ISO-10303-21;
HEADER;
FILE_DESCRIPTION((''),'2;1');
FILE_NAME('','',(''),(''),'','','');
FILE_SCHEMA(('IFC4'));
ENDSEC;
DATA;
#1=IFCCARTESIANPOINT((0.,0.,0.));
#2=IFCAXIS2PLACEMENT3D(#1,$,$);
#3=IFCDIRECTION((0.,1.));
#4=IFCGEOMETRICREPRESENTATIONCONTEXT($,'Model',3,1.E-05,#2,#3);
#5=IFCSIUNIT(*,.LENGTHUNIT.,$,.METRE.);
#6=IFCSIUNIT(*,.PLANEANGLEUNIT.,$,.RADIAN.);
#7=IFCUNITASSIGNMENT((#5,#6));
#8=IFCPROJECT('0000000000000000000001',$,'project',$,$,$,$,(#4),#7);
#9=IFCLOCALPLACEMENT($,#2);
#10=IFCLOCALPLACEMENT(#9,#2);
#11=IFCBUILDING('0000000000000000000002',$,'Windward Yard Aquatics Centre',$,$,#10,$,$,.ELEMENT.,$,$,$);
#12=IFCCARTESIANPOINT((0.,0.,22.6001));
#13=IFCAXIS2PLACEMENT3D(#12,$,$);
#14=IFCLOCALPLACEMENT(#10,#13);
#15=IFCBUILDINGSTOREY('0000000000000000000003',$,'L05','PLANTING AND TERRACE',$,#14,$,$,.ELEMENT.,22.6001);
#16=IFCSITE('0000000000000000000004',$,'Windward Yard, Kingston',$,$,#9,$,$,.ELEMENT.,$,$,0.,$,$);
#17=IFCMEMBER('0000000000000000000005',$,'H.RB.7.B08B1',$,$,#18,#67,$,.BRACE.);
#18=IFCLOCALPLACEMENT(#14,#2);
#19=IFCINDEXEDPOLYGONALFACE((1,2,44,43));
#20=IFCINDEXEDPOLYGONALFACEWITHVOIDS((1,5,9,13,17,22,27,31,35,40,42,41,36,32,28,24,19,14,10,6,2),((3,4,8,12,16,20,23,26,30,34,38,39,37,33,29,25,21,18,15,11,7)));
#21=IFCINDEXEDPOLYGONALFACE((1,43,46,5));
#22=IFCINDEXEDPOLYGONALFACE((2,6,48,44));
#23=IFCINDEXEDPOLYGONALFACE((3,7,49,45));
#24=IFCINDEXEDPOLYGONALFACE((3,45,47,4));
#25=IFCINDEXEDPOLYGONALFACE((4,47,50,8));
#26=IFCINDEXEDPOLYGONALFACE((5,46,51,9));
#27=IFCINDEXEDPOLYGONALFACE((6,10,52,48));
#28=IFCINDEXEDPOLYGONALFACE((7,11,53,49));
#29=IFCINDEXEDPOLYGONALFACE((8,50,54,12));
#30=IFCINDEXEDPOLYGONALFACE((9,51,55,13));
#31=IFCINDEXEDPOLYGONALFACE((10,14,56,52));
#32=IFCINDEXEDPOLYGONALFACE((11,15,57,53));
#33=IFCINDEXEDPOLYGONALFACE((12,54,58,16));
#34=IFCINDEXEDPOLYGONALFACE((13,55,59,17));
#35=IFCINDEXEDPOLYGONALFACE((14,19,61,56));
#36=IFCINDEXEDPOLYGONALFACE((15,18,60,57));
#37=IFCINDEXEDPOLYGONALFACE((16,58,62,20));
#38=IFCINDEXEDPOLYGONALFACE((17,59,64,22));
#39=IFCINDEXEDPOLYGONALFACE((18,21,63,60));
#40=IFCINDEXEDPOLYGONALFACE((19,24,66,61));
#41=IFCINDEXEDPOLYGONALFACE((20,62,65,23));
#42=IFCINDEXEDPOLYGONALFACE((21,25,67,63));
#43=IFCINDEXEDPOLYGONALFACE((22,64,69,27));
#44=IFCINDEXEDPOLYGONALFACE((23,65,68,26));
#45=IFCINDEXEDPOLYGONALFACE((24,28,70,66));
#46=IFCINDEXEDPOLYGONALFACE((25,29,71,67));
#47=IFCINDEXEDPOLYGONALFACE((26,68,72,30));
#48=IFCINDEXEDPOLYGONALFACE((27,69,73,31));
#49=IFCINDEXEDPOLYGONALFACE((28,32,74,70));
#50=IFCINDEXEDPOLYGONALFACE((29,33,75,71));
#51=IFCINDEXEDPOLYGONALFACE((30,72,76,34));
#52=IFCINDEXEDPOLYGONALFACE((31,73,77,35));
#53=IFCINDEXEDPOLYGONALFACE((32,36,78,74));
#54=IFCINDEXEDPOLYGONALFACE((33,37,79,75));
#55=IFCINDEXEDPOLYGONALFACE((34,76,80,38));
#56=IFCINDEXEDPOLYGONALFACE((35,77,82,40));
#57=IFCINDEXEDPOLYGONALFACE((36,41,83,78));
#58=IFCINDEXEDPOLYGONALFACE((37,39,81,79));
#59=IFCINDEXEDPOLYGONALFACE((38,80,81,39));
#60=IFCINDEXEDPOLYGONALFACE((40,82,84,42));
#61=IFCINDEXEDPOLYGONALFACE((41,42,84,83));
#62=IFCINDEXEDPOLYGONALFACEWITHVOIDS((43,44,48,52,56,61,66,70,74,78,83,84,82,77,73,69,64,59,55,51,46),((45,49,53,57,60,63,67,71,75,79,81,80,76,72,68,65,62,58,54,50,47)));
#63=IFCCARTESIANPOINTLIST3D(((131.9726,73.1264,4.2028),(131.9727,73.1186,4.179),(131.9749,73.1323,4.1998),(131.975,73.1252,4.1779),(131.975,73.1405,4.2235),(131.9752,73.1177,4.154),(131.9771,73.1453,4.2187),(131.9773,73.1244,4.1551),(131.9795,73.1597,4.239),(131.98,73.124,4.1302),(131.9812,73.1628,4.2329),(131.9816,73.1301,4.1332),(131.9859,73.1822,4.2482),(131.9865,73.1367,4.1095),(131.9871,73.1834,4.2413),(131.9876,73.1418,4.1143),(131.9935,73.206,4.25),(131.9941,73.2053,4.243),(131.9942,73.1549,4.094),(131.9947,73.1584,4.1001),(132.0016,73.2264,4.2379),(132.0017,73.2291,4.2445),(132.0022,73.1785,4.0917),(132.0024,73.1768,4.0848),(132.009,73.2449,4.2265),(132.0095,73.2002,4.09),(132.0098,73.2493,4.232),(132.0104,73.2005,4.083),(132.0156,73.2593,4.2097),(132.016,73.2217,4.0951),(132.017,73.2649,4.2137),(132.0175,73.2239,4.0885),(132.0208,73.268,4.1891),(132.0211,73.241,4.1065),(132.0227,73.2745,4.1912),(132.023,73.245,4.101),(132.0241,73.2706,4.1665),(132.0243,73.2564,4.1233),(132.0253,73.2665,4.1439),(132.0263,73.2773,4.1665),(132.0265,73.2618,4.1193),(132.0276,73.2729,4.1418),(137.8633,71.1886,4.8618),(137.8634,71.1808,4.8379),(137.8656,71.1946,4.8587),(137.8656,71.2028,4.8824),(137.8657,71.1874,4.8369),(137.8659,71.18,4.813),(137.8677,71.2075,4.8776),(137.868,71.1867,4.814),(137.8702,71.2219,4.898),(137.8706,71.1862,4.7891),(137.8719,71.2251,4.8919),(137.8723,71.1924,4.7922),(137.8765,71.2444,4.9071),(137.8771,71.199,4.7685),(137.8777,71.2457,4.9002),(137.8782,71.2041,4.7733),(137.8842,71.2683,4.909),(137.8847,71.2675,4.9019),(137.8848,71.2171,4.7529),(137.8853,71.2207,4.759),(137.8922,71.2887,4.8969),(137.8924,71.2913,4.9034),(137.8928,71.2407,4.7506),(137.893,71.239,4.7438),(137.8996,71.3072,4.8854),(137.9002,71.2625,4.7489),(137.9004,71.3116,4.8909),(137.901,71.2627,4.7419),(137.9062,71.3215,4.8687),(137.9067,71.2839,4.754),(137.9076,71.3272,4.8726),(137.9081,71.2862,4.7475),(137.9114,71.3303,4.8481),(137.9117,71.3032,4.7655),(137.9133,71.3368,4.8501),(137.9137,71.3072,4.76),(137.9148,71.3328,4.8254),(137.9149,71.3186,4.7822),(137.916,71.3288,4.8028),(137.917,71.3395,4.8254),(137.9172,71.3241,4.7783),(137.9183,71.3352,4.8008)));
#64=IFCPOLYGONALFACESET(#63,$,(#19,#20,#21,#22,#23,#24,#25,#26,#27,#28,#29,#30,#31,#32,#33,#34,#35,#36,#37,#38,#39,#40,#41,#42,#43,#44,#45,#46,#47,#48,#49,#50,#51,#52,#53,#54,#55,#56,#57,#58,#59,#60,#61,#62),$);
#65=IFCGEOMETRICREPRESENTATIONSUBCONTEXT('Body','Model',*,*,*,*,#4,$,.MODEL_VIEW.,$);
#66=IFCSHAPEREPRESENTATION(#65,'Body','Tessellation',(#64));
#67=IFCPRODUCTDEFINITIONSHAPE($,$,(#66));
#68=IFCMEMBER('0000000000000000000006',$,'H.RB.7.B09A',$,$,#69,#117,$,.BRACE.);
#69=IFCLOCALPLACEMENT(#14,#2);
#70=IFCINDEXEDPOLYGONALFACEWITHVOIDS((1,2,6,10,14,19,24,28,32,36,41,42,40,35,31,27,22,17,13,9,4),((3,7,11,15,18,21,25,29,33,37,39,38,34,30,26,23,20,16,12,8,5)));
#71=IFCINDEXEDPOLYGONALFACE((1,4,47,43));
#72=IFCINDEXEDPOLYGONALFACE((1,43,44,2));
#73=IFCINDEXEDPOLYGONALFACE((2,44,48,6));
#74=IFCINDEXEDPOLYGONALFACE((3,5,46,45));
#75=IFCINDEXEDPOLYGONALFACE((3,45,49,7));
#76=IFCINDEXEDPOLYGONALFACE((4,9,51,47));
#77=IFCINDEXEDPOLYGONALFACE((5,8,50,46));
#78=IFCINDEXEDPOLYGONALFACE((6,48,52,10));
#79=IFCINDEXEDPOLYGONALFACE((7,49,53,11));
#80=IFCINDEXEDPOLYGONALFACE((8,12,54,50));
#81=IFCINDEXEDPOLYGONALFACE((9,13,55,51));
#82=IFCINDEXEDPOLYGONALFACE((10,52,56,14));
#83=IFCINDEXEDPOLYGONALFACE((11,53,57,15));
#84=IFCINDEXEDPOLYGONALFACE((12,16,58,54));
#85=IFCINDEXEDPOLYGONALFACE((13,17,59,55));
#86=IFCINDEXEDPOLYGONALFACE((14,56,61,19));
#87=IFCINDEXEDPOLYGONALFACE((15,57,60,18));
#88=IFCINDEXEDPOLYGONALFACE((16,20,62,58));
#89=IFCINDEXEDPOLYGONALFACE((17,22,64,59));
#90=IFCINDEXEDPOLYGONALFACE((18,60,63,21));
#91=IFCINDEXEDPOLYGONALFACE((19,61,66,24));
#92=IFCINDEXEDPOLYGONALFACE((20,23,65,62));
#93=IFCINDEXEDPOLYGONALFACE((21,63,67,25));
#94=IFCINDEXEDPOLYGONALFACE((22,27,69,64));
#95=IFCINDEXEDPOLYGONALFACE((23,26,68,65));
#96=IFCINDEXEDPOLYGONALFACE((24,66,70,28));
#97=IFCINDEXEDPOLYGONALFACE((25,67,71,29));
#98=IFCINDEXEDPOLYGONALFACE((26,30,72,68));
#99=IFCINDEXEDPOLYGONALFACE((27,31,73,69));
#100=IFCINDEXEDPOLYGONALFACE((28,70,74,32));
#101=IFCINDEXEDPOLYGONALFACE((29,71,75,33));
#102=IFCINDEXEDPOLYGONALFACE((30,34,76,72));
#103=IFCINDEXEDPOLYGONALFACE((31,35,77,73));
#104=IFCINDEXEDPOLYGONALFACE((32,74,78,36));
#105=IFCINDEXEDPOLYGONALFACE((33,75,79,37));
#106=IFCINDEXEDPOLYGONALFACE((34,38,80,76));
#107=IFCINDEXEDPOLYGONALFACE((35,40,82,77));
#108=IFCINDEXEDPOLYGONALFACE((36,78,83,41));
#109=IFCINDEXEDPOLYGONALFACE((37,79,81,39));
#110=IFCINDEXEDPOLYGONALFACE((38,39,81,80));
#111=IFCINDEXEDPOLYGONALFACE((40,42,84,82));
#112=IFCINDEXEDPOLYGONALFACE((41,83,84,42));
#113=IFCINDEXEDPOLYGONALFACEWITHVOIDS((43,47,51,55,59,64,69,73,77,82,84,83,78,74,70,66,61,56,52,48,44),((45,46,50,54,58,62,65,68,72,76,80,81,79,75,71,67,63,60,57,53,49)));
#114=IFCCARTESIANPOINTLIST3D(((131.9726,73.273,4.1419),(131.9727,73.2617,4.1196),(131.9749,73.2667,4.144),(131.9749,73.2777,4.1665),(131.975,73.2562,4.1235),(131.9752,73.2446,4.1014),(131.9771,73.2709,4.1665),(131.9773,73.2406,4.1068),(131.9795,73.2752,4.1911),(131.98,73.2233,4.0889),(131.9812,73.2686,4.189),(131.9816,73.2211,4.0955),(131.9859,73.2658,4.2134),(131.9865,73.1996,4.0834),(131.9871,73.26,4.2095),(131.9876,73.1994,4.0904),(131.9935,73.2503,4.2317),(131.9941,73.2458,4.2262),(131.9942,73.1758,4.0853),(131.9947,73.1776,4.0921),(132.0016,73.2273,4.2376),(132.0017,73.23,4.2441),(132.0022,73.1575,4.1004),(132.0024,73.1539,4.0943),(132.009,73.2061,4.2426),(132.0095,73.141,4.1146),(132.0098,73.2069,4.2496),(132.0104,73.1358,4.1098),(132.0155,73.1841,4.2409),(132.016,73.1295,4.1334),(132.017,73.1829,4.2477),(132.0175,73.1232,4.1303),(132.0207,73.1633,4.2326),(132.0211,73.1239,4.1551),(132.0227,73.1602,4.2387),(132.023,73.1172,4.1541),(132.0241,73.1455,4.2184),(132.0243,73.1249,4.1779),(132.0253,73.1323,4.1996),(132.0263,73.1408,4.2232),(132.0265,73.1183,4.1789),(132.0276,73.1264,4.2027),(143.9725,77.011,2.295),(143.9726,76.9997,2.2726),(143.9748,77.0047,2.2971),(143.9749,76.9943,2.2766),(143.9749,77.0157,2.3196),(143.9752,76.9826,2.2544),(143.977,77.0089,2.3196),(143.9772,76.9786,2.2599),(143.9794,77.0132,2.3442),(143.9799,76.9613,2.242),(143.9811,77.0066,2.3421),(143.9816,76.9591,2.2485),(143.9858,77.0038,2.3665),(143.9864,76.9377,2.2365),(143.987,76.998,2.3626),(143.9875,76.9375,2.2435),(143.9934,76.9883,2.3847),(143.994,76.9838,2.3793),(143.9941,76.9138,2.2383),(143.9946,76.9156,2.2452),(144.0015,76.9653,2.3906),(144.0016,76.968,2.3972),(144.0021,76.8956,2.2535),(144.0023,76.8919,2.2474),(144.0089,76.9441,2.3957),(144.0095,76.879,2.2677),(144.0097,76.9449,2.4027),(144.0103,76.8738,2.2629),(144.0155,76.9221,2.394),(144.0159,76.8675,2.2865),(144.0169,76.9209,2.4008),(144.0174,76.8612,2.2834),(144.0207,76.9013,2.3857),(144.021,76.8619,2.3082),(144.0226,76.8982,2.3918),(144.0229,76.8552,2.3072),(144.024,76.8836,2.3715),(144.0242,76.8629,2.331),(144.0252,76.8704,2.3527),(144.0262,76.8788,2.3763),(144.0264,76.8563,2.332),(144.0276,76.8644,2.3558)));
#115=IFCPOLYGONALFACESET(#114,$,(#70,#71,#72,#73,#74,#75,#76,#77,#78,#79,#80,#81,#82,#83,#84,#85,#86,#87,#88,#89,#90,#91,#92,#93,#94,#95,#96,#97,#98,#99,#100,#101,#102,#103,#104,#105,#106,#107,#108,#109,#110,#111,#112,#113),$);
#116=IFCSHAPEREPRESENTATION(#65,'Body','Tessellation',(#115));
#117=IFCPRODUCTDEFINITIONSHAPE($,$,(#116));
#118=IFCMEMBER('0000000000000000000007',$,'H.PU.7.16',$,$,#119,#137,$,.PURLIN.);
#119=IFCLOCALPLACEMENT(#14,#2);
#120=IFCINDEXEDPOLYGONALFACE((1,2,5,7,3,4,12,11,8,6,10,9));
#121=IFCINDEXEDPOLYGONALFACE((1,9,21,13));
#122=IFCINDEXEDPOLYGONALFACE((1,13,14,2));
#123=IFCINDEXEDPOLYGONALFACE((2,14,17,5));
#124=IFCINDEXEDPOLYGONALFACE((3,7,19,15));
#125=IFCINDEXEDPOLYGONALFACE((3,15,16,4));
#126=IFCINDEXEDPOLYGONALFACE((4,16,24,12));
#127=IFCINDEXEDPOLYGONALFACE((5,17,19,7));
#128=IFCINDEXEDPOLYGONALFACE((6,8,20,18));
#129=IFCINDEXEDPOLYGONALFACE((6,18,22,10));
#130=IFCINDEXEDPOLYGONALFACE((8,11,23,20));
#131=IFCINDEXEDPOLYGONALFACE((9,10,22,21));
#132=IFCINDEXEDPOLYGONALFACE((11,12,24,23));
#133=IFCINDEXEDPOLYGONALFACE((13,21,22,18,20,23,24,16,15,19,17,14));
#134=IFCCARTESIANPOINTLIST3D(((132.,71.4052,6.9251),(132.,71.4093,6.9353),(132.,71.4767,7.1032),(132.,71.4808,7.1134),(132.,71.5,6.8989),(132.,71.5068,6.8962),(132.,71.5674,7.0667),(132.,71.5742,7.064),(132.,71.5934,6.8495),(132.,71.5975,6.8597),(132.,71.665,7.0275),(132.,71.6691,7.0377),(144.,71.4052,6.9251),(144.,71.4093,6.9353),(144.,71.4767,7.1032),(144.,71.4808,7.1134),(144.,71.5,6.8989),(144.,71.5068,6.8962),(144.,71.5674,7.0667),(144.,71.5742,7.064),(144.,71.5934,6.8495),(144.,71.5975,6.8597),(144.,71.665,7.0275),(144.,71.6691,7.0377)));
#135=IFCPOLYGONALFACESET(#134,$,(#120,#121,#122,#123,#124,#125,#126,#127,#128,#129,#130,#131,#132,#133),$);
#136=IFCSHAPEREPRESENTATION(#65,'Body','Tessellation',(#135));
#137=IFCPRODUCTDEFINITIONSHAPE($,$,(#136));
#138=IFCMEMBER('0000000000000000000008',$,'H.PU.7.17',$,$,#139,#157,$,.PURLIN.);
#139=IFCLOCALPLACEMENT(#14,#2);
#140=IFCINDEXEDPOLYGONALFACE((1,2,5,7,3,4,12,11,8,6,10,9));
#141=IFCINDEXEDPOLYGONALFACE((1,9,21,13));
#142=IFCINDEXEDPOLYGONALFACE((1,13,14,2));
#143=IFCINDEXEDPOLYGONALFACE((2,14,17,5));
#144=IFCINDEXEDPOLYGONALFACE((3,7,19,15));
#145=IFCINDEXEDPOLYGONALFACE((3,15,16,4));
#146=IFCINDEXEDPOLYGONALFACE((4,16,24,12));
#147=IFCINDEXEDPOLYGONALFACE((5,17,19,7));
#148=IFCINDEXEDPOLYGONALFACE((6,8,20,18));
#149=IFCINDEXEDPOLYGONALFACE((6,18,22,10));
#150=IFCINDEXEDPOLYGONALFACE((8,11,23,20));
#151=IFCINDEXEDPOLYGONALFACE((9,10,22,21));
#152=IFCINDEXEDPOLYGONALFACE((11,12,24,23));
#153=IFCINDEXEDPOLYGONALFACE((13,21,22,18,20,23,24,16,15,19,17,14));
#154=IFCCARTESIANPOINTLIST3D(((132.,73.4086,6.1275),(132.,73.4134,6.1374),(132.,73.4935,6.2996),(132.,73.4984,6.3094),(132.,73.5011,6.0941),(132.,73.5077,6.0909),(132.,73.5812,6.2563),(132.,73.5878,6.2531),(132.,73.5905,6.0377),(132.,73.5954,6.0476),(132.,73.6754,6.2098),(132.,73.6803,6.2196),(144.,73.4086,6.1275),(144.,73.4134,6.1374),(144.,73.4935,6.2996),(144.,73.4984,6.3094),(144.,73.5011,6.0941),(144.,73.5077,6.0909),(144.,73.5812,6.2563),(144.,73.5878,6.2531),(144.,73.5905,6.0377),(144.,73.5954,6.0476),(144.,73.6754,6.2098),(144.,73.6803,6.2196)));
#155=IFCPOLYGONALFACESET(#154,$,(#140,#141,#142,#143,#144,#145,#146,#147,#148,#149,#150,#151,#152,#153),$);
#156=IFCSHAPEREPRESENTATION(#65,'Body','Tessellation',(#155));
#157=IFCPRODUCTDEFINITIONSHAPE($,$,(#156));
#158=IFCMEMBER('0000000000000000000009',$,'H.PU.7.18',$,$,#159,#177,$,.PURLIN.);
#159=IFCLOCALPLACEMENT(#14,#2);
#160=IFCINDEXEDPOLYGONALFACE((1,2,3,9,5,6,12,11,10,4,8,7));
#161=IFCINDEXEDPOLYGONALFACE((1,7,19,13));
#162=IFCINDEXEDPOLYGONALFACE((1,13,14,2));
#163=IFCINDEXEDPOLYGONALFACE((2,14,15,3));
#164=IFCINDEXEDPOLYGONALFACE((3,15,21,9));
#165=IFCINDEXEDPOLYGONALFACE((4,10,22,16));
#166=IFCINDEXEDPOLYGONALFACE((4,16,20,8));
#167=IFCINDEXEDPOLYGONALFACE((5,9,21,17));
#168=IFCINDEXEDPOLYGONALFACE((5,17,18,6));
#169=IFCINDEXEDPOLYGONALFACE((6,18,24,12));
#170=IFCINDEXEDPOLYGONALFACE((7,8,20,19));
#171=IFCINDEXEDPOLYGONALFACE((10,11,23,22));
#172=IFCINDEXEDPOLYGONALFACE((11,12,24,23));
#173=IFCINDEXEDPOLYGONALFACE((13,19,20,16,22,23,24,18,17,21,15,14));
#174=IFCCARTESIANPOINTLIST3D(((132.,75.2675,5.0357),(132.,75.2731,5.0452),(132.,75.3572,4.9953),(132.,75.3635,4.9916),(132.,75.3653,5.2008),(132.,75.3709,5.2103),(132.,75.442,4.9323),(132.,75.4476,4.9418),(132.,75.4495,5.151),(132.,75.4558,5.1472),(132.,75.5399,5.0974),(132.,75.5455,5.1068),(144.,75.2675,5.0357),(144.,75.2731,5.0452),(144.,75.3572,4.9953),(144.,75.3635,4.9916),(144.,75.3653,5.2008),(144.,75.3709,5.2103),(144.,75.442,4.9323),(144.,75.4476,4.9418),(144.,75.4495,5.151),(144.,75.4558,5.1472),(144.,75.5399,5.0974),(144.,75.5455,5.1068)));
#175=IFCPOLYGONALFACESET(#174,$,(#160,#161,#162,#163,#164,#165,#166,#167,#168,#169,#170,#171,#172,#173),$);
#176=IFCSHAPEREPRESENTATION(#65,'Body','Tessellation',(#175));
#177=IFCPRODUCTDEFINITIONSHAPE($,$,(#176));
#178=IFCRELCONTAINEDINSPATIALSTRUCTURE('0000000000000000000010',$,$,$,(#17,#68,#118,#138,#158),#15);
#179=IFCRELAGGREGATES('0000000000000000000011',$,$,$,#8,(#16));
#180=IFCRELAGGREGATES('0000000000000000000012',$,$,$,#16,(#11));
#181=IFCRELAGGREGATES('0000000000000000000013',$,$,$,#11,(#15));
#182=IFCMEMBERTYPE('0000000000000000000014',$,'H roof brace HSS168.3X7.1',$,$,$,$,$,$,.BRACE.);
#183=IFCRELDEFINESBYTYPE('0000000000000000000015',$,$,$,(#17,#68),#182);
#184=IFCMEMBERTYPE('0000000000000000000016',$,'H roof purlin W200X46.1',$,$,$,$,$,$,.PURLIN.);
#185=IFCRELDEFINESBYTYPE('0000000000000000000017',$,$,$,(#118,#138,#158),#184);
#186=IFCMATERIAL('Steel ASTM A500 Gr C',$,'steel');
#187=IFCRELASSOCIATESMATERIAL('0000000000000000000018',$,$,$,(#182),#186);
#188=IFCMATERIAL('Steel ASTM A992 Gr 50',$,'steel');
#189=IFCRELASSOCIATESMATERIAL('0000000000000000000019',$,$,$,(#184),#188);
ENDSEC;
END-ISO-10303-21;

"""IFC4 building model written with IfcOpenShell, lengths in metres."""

from ifc_helpers import new_model, si_unit, direction, frame, origin, origin_2d, place, context, subcontext, project, spatial, hollow_circle, i_section, extrude, material, material_profile, profile_set, type_object, element, save


model = new_model("IFC4")

# Units and contexts
model_context = context("Model", 3, precision=1e-05, world=origin(), true_north=direction((0.0, 1.0)))
body_context = subcontext(model_context, "Body", "Model", "MODEL_VIEW")
ifc_project = project(units=[si_unit("LENGTHUNIT", "METRE"), si_unit("PLANEANGLEUNIT", "RADIAN")], contexts=[model_context])

# Site, building, storey
site_placement = place(None, origin())
site = spatial("IfcSite", under=ifc_project, at=site_placement, Name="Windward Yard, Kingston", CompositionType="ELEMENT", RefElevation=0.0)
building_placement = place(site_placement, origin())
building = spatial("IfcBuilding", under=site, at=building_placement, Name="Windward Yard Aquatics Centre", CompositionType="ELEMENT")
storey_placement = place(building_placement, frame((0.0, 0.0, 22.6001)))
storey = spatial("IfcBuildingStorey", under=building, at=storey_placement, Name="L05", Description="PLANTING AND TERRACE", CompositionType="ELEMENT", Elevation=22.6001)

# Shared definitions
ifc_material_1 = material(Name="Steel ASTM A500 Gr C", Category="steel")

# Shared definitions
ifc_material_2 = material(Name="Steel ASTM A992 Gr 50", Category="steel")

# Members
ifc_material_profile_1 = material_profile(ifc_material_1, hollow_circle(Radius=0.0842, WallThickness=0.0071, at=origin_2d()), Name="HSS168.3X7.1")
ifc_profile_set_1 = profile_set([ifc_material_profile_1], Name="Steel ASTM A500 Gr C")
member_type_1 = type_object("IfcMemberType", Name="H roof brace HSS168.3X7.1", PredefinedType="BRACE", material=ifc_profile_set_1)
member_1_placement = place(storey_placement, frame((132.0, 73.1973, 4.1665), z_axis=(0.944606, -0.310732, 0.105665), x_axis=(0.312481, 0.949924, 0.0)))
element("IfcMember", 1, at=member_1_placement, inside=storey, type_object=member_type_1, Name="H.RB.7.B08B1", PredefinedType="BRACE", context=body_context, shape_type="SweptSolid", body=[
    extrude(hollow_circle(Radius=0.0842, WallThickness=0.0071, at=origin_2d()), origin(), (0.0, 0.0, 1.0), 6.2361),
])
member_2_placement = place(storey_placement, frame((132.0, 73.1973, 4.1665), z_axis=(0.944607, 0.294248, -0.145385), x_axis=(-0.297408, 0.954751, 0.0)))
element("IfcMember", 2, at=member_2_placement, inside=storey, type_object=member_type_1, Name="H.RB.7.B09A", PredefinedType="BRACE", context=body_context, shape_type="SweptSolid", body=[
    extrude(hollow_circle(Radius=0.0842, WallThickness=0.0071, at=origin_2d()), origin(), (0.0, 0.0, 1.0), 12.7036),
])
ifc_material_profile_2 = material_profile(ifc_material_2, i_section(OverallWidth=0.2029, OverallDepth=0.2029, WebThickness=0.0073, FlangeThickness=0.011, at=origin_2d()), Name="W200X46.1")
ifc_profile_set_2 = profile_set([ifc_material_profile_2], Name="Steel ASTM A992 Gr 50")
member_type_2 = type_object("IfcMemberType", Name="H roof purlin W200X46.1", PredefinedType="PURLIN", material=ifc_profile_set_2)
for number, where, z_axis, x_axis, name in (
    (3, (132.0, 71.5371, 6.9814), (1.0, 0.0, 0.0), (0.0, 0.927869, -0.372907), "H.PU.7.16"),
    (4, (132.0, 73.5444, 6.1736), (1.0, 0.0, 0.0), (0.0, 0.896687, -0.442665), "H.PU.7.17"),
    (5, (132.0, 75.4065, 5.0713), (1.0, 0.0, 0.0), (0.0, 0.86027, -0.509838), "H.PU.7.18"),
):
    element("IfcMember", number, at=place(storey_placement, frame(where, z_axis=z_axis, x_axis=x_axis)), inside=storey, type_object=member_type_2, Name=name, PredefinedType="PURLIN", context=body_context, shape_type="SweptSolid", body=[
        extrude(i_section(OverallWidth=0.2029, OverallDepth=0.2029, WebThickness=0.0073, FlangeThickness=0.011, at=origin_2d()), origin(), (0.0, 0.0, 1.0), 12.0),
    ])

save(model, "model.ifc")
